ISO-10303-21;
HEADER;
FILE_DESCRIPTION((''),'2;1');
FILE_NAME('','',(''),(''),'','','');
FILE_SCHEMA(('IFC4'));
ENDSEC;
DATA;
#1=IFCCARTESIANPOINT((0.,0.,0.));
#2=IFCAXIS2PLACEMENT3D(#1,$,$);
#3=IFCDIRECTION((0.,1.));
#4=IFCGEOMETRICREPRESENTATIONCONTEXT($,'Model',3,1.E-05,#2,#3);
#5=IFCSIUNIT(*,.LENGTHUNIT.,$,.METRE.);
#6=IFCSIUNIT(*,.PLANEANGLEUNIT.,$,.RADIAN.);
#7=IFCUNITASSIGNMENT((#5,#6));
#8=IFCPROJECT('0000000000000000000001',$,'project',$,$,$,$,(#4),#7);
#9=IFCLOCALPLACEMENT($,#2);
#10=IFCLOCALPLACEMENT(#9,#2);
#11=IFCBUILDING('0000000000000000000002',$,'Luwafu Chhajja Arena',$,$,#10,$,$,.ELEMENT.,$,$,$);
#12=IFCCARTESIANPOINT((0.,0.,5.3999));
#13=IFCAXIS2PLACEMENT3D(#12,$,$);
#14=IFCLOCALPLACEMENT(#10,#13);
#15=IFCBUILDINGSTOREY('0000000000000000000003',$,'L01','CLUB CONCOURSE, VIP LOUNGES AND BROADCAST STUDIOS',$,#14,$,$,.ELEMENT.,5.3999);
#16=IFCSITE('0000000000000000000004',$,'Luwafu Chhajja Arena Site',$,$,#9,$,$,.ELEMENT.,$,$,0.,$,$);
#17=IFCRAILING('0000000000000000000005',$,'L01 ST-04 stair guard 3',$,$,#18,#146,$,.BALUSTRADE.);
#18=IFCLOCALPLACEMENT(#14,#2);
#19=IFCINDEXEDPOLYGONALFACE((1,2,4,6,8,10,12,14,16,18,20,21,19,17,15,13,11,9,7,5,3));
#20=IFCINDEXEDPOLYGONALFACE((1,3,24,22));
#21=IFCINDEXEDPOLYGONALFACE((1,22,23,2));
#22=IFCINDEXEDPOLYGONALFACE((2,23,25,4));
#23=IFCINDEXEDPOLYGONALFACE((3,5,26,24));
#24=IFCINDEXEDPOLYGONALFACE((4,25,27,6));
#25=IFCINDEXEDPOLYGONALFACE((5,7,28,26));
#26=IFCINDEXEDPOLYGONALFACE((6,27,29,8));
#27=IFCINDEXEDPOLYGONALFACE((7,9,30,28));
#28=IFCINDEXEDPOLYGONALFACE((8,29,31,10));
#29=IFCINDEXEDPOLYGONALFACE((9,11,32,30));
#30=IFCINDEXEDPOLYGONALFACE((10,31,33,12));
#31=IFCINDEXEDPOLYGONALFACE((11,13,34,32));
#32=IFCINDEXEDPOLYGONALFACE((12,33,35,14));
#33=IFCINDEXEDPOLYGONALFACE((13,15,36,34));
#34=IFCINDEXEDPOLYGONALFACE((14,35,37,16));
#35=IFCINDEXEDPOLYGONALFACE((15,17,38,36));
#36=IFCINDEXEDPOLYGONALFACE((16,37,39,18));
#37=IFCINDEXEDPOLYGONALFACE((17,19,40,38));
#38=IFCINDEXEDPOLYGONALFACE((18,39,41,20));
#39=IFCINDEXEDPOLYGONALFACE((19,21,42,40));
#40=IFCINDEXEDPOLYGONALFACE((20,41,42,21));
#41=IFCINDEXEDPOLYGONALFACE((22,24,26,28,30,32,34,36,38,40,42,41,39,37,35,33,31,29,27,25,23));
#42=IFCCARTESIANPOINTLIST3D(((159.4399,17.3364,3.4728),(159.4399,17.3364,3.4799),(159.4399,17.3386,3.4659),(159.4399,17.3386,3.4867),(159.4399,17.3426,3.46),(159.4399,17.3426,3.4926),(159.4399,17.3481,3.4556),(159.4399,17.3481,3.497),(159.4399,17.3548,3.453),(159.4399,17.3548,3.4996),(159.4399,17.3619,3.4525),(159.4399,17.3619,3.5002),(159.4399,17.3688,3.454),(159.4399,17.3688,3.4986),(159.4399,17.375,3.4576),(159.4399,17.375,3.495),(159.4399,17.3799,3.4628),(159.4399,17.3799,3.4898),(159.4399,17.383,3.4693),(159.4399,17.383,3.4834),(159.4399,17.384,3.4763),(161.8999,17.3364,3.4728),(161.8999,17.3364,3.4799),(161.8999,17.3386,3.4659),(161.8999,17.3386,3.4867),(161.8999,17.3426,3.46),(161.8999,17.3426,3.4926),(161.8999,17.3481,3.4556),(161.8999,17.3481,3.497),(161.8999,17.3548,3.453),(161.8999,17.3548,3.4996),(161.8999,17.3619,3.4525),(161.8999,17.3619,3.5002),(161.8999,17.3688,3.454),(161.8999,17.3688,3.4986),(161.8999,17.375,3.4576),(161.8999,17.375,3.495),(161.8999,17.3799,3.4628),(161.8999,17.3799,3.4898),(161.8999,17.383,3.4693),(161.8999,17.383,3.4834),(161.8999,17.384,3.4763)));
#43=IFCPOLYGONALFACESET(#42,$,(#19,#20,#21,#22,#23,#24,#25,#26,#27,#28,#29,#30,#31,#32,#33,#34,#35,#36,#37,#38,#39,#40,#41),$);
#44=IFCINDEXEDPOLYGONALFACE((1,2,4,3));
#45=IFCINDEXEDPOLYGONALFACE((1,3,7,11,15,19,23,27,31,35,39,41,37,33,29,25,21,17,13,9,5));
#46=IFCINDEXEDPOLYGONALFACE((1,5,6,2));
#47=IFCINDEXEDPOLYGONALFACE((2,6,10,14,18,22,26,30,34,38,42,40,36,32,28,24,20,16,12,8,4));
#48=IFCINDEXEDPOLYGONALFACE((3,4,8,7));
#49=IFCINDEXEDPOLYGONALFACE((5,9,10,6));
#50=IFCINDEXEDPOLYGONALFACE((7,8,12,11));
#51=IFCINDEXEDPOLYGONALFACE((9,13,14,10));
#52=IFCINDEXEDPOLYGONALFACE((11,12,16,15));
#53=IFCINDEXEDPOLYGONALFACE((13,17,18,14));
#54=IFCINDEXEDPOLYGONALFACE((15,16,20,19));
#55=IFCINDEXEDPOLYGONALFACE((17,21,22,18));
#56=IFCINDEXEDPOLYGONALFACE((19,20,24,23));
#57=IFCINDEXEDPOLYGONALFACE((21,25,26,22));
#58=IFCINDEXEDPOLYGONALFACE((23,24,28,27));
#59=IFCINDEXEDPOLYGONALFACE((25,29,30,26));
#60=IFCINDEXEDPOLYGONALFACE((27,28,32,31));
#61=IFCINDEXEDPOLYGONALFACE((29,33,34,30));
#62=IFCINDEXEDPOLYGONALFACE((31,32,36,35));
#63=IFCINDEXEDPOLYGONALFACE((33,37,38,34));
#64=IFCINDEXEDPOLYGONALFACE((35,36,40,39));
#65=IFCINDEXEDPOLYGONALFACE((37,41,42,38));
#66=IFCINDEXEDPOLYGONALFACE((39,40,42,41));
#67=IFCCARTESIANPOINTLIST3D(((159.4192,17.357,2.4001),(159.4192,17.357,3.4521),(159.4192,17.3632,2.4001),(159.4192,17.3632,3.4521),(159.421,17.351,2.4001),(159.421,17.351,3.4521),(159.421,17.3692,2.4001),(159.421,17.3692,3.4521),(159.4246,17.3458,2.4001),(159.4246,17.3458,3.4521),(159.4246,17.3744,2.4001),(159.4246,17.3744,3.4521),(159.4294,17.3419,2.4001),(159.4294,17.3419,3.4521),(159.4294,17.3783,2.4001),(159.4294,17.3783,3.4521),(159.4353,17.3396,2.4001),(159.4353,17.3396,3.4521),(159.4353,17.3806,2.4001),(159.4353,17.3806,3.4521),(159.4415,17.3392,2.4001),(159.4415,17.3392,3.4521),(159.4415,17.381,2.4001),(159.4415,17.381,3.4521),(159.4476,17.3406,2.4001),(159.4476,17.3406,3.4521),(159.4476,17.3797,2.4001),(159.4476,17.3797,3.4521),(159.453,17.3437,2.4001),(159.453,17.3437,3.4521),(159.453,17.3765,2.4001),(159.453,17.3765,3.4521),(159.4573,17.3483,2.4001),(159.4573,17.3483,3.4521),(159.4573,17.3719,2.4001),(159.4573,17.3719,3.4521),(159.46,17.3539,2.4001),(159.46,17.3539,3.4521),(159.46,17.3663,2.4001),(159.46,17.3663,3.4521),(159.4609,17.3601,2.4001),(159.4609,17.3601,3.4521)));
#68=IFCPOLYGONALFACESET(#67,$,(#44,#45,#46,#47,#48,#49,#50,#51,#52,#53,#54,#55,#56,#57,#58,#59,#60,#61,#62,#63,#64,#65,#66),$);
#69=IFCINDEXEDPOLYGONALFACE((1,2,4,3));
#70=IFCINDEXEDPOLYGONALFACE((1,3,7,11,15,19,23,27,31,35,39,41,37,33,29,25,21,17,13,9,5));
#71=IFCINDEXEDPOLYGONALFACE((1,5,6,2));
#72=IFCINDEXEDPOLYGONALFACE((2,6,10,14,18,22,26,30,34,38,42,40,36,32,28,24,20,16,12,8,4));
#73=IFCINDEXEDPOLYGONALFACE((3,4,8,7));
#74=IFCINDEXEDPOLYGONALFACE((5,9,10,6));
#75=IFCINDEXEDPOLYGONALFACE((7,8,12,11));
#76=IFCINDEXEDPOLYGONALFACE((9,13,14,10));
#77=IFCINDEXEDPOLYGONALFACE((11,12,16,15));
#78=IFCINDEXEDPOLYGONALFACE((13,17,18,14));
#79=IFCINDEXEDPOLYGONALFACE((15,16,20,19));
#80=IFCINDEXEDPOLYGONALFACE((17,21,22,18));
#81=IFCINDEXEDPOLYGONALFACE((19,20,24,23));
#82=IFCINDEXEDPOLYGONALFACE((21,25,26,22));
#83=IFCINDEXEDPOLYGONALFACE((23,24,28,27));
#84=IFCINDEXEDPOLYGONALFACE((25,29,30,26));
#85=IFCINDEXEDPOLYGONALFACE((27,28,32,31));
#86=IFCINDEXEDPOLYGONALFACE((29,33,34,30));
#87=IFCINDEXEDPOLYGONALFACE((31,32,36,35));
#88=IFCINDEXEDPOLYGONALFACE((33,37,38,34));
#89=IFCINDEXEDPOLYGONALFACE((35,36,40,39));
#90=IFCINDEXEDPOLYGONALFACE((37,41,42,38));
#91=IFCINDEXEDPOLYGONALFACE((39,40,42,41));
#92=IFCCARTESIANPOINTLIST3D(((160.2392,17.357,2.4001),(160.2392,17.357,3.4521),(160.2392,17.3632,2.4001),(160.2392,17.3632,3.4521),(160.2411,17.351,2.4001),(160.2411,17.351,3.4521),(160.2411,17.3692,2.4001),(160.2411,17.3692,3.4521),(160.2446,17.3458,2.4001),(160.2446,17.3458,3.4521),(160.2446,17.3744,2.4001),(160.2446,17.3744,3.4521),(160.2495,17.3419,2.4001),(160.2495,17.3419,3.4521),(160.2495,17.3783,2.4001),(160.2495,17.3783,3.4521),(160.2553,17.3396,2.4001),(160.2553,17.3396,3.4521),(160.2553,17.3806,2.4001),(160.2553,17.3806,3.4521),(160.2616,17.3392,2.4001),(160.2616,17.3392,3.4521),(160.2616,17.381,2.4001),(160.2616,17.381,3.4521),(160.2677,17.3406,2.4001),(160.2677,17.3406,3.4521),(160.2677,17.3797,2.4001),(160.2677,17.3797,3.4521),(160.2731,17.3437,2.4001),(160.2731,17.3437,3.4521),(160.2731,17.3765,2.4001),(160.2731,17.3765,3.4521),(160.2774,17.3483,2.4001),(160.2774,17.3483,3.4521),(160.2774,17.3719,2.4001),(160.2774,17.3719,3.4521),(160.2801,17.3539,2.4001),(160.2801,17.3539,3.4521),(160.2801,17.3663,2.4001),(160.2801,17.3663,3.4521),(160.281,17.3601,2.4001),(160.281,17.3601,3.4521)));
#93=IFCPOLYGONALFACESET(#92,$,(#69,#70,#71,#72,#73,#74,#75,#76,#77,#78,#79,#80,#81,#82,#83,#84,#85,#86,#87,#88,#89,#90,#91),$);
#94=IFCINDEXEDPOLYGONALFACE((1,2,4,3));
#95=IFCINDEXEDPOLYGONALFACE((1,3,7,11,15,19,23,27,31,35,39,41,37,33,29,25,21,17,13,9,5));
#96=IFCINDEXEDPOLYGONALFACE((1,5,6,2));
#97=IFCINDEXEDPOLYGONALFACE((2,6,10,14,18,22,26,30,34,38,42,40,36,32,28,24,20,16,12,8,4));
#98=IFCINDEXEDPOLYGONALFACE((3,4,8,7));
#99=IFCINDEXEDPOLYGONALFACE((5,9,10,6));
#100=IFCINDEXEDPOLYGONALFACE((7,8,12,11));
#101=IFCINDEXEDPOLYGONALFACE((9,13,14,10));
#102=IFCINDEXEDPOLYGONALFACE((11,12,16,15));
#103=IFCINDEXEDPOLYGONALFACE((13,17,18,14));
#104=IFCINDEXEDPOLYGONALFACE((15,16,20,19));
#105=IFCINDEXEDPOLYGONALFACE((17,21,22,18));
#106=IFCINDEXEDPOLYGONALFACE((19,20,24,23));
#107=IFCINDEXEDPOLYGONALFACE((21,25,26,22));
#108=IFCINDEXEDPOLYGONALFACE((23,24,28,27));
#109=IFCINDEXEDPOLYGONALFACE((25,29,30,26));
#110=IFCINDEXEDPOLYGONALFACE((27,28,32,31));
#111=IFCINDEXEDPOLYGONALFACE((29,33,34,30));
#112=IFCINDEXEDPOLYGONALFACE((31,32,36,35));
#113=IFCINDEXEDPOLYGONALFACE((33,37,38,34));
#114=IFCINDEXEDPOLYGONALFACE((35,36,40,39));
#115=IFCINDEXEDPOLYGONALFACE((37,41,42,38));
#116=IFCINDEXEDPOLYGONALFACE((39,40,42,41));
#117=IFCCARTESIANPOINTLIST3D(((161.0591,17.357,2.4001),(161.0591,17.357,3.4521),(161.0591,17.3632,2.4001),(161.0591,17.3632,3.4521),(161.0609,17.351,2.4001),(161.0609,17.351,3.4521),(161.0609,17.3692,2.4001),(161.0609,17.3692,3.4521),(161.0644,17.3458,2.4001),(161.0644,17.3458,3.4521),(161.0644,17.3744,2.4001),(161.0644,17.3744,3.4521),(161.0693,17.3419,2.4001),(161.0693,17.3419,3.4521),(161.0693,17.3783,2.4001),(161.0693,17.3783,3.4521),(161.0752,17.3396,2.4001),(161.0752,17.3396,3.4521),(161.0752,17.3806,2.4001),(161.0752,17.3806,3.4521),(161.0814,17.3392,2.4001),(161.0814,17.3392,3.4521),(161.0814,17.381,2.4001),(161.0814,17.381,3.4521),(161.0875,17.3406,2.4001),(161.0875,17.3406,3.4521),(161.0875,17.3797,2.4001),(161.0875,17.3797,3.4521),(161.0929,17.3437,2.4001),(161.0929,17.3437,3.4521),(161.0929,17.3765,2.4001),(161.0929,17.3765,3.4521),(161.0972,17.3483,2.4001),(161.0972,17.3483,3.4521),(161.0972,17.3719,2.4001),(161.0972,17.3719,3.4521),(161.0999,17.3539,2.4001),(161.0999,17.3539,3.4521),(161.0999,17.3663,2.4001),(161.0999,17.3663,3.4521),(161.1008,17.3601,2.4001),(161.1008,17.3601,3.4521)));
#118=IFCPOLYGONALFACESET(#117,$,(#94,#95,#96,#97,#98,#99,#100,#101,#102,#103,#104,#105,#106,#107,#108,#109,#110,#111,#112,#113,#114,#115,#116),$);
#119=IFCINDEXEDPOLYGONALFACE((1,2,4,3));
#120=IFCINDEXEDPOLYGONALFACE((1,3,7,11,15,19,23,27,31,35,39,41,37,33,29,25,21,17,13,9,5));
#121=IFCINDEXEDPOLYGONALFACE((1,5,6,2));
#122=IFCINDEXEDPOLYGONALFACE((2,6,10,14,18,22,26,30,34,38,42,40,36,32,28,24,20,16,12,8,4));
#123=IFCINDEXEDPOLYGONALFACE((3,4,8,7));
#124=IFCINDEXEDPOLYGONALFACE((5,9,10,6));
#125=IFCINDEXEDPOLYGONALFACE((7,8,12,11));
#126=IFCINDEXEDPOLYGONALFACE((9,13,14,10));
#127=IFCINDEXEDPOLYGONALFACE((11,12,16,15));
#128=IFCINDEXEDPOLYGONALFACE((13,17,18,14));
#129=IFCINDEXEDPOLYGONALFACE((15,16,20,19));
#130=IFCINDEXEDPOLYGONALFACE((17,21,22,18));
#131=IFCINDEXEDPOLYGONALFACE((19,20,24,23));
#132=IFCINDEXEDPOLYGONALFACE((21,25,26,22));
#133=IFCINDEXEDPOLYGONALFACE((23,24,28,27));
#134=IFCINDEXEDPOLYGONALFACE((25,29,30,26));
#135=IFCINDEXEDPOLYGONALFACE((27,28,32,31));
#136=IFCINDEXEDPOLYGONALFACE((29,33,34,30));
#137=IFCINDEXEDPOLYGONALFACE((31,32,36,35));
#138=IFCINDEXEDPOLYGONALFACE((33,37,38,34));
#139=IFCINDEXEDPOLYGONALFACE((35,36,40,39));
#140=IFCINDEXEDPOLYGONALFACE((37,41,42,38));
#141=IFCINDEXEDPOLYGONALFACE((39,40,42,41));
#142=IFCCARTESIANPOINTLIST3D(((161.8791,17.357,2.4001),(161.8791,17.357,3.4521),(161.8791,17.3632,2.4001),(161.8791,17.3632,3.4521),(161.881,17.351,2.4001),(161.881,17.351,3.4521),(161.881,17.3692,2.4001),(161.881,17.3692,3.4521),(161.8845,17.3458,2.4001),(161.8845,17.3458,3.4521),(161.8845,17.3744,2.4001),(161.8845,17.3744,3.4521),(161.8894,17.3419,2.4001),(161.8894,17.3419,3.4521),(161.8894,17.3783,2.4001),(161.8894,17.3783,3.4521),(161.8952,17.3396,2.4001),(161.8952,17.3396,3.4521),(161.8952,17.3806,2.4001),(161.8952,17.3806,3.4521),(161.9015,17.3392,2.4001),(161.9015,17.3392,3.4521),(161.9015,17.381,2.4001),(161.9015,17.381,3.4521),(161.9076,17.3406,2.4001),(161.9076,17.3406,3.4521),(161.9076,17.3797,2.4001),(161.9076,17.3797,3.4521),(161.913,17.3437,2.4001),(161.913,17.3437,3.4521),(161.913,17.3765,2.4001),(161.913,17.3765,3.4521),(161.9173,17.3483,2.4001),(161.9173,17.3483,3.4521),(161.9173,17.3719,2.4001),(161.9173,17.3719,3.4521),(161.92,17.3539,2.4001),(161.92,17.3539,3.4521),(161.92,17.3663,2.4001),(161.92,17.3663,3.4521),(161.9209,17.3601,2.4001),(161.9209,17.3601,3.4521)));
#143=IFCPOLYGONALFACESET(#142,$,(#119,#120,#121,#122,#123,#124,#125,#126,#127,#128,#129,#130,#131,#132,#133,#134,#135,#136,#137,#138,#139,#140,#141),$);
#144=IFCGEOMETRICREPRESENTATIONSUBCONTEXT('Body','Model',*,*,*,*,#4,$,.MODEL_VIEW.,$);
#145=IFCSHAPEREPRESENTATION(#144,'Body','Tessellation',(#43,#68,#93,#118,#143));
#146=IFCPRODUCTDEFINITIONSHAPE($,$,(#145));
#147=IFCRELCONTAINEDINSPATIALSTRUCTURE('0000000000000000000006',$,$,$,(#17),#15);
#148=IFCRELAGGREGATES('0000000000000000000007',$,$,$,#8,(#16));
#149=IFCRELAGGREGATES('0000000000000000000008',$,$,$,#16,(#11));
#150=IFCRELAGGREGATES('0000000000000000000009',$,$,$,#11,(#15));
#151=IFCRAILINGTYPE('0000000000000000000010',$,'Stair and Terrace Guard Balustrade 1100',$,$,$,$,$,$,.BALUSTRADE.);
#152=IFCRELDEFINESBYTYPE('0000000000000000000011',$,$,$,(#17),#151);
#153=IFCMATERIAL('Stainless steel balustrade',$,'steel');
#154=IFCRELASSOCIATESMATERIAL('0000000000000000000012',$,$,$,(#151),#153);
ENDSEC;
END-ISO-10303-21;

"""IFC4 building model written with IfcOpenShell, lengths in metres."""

from ifc_helpers import new_model, si_unit, direction, frame, origin, origin_2d, place, context, subcontext, project, spatial, circle, extrude, material, type_object, element, save


model = new_model("IFC4")

# Units and contexts
model_context = context("Model", 3, precision=1e-05, world=origin(), true_north=direction((0.0, 1.0)))
body_context = subcontext(model_context, "Body", "Model", "MODEL_VIEW")
ifc_project = project(units=[si_unit("LENGTHUNIT", "METRE"), si_unit("PLANEANGLEUNIT", "RADIAN")], contexts=[model_context])

# Site, building, storey
site_placement = place(None, origin())
site = spatial("IfcSite", under=ifc_project, at=site_placement, Name="Luwafu Chhajja Arena Site", CompositionType="ELEMENT", RefElevation=0.0)
building_placement = place(site_placement, origin())
building = spatial("IfcBuilding", under=site, at=building_placement, Name="Luwafu Chhajja Arena", CompositionType="ELEMENT")
storey_placement = place(building_placement, frame((0.0, 0.0, 5.3999)))
storey = spatial("IfcBuildingStorey", under=building, at=storey_placement, Name="L01", Description="CLUB CONCOURSE, VIP LOUNGES AND BROADCAST STUDIOS", CompositionType="ELEMENT", Elevation=5.3999)

# Railing
ifc_material_1 = material(Name="Stainless steel balustrade", Category="steel")
railing_type_1 = type_object("IfcRailingType", Name="Stair and Terrace Guard Balustrade 1100", PredefinedType="BALUSTRADE", material=ifc_material_1)
railing_1_placement = place(storey_placement, frame((159.4399, 17.3601, 2.4001)))
element("IfcRailing", 1, at=railing_1_placement, inside=storey, type_object=railing_type_1, Name="L01 ST-04 stair guard 3", PredefinedType="BALUSTRADE", context=body_context, shape_type="SweptSolid", body=[
    extrude(circle(Radius=0.0239, at=origin_2d()), frame((0.0, 0.0, 1.0762), z_axis=(1.0, 0.0, 0.0), x_axis=(0.0, 1.0, 0.0)), (0.0, 0.0, 1.0), 2.46),
    extrude(circle(Radius=0.021, at=origin_2d()), origin(), (0.0, 0.0, 1.0), 1.052),
    extrude(circle(Radius=0.021, at=origin_2d()), frame((0.8201, 0.0, 0.0)), (0.0, 0.0, 1.0), 1.052),
    extrude(circle(Radius=0.021, at=origin_2d()), frame((1.6399, 0.0, 0.0)), (0.0, 0.0, 1.0), 1.052),
    extrude(circle(Radius=0.021, at=origin_2d()), frame((2.46, 0.0, 0.0)), (0.0, 0.0, 1.0), 1.052),
])

save(model, "model.ifc")
